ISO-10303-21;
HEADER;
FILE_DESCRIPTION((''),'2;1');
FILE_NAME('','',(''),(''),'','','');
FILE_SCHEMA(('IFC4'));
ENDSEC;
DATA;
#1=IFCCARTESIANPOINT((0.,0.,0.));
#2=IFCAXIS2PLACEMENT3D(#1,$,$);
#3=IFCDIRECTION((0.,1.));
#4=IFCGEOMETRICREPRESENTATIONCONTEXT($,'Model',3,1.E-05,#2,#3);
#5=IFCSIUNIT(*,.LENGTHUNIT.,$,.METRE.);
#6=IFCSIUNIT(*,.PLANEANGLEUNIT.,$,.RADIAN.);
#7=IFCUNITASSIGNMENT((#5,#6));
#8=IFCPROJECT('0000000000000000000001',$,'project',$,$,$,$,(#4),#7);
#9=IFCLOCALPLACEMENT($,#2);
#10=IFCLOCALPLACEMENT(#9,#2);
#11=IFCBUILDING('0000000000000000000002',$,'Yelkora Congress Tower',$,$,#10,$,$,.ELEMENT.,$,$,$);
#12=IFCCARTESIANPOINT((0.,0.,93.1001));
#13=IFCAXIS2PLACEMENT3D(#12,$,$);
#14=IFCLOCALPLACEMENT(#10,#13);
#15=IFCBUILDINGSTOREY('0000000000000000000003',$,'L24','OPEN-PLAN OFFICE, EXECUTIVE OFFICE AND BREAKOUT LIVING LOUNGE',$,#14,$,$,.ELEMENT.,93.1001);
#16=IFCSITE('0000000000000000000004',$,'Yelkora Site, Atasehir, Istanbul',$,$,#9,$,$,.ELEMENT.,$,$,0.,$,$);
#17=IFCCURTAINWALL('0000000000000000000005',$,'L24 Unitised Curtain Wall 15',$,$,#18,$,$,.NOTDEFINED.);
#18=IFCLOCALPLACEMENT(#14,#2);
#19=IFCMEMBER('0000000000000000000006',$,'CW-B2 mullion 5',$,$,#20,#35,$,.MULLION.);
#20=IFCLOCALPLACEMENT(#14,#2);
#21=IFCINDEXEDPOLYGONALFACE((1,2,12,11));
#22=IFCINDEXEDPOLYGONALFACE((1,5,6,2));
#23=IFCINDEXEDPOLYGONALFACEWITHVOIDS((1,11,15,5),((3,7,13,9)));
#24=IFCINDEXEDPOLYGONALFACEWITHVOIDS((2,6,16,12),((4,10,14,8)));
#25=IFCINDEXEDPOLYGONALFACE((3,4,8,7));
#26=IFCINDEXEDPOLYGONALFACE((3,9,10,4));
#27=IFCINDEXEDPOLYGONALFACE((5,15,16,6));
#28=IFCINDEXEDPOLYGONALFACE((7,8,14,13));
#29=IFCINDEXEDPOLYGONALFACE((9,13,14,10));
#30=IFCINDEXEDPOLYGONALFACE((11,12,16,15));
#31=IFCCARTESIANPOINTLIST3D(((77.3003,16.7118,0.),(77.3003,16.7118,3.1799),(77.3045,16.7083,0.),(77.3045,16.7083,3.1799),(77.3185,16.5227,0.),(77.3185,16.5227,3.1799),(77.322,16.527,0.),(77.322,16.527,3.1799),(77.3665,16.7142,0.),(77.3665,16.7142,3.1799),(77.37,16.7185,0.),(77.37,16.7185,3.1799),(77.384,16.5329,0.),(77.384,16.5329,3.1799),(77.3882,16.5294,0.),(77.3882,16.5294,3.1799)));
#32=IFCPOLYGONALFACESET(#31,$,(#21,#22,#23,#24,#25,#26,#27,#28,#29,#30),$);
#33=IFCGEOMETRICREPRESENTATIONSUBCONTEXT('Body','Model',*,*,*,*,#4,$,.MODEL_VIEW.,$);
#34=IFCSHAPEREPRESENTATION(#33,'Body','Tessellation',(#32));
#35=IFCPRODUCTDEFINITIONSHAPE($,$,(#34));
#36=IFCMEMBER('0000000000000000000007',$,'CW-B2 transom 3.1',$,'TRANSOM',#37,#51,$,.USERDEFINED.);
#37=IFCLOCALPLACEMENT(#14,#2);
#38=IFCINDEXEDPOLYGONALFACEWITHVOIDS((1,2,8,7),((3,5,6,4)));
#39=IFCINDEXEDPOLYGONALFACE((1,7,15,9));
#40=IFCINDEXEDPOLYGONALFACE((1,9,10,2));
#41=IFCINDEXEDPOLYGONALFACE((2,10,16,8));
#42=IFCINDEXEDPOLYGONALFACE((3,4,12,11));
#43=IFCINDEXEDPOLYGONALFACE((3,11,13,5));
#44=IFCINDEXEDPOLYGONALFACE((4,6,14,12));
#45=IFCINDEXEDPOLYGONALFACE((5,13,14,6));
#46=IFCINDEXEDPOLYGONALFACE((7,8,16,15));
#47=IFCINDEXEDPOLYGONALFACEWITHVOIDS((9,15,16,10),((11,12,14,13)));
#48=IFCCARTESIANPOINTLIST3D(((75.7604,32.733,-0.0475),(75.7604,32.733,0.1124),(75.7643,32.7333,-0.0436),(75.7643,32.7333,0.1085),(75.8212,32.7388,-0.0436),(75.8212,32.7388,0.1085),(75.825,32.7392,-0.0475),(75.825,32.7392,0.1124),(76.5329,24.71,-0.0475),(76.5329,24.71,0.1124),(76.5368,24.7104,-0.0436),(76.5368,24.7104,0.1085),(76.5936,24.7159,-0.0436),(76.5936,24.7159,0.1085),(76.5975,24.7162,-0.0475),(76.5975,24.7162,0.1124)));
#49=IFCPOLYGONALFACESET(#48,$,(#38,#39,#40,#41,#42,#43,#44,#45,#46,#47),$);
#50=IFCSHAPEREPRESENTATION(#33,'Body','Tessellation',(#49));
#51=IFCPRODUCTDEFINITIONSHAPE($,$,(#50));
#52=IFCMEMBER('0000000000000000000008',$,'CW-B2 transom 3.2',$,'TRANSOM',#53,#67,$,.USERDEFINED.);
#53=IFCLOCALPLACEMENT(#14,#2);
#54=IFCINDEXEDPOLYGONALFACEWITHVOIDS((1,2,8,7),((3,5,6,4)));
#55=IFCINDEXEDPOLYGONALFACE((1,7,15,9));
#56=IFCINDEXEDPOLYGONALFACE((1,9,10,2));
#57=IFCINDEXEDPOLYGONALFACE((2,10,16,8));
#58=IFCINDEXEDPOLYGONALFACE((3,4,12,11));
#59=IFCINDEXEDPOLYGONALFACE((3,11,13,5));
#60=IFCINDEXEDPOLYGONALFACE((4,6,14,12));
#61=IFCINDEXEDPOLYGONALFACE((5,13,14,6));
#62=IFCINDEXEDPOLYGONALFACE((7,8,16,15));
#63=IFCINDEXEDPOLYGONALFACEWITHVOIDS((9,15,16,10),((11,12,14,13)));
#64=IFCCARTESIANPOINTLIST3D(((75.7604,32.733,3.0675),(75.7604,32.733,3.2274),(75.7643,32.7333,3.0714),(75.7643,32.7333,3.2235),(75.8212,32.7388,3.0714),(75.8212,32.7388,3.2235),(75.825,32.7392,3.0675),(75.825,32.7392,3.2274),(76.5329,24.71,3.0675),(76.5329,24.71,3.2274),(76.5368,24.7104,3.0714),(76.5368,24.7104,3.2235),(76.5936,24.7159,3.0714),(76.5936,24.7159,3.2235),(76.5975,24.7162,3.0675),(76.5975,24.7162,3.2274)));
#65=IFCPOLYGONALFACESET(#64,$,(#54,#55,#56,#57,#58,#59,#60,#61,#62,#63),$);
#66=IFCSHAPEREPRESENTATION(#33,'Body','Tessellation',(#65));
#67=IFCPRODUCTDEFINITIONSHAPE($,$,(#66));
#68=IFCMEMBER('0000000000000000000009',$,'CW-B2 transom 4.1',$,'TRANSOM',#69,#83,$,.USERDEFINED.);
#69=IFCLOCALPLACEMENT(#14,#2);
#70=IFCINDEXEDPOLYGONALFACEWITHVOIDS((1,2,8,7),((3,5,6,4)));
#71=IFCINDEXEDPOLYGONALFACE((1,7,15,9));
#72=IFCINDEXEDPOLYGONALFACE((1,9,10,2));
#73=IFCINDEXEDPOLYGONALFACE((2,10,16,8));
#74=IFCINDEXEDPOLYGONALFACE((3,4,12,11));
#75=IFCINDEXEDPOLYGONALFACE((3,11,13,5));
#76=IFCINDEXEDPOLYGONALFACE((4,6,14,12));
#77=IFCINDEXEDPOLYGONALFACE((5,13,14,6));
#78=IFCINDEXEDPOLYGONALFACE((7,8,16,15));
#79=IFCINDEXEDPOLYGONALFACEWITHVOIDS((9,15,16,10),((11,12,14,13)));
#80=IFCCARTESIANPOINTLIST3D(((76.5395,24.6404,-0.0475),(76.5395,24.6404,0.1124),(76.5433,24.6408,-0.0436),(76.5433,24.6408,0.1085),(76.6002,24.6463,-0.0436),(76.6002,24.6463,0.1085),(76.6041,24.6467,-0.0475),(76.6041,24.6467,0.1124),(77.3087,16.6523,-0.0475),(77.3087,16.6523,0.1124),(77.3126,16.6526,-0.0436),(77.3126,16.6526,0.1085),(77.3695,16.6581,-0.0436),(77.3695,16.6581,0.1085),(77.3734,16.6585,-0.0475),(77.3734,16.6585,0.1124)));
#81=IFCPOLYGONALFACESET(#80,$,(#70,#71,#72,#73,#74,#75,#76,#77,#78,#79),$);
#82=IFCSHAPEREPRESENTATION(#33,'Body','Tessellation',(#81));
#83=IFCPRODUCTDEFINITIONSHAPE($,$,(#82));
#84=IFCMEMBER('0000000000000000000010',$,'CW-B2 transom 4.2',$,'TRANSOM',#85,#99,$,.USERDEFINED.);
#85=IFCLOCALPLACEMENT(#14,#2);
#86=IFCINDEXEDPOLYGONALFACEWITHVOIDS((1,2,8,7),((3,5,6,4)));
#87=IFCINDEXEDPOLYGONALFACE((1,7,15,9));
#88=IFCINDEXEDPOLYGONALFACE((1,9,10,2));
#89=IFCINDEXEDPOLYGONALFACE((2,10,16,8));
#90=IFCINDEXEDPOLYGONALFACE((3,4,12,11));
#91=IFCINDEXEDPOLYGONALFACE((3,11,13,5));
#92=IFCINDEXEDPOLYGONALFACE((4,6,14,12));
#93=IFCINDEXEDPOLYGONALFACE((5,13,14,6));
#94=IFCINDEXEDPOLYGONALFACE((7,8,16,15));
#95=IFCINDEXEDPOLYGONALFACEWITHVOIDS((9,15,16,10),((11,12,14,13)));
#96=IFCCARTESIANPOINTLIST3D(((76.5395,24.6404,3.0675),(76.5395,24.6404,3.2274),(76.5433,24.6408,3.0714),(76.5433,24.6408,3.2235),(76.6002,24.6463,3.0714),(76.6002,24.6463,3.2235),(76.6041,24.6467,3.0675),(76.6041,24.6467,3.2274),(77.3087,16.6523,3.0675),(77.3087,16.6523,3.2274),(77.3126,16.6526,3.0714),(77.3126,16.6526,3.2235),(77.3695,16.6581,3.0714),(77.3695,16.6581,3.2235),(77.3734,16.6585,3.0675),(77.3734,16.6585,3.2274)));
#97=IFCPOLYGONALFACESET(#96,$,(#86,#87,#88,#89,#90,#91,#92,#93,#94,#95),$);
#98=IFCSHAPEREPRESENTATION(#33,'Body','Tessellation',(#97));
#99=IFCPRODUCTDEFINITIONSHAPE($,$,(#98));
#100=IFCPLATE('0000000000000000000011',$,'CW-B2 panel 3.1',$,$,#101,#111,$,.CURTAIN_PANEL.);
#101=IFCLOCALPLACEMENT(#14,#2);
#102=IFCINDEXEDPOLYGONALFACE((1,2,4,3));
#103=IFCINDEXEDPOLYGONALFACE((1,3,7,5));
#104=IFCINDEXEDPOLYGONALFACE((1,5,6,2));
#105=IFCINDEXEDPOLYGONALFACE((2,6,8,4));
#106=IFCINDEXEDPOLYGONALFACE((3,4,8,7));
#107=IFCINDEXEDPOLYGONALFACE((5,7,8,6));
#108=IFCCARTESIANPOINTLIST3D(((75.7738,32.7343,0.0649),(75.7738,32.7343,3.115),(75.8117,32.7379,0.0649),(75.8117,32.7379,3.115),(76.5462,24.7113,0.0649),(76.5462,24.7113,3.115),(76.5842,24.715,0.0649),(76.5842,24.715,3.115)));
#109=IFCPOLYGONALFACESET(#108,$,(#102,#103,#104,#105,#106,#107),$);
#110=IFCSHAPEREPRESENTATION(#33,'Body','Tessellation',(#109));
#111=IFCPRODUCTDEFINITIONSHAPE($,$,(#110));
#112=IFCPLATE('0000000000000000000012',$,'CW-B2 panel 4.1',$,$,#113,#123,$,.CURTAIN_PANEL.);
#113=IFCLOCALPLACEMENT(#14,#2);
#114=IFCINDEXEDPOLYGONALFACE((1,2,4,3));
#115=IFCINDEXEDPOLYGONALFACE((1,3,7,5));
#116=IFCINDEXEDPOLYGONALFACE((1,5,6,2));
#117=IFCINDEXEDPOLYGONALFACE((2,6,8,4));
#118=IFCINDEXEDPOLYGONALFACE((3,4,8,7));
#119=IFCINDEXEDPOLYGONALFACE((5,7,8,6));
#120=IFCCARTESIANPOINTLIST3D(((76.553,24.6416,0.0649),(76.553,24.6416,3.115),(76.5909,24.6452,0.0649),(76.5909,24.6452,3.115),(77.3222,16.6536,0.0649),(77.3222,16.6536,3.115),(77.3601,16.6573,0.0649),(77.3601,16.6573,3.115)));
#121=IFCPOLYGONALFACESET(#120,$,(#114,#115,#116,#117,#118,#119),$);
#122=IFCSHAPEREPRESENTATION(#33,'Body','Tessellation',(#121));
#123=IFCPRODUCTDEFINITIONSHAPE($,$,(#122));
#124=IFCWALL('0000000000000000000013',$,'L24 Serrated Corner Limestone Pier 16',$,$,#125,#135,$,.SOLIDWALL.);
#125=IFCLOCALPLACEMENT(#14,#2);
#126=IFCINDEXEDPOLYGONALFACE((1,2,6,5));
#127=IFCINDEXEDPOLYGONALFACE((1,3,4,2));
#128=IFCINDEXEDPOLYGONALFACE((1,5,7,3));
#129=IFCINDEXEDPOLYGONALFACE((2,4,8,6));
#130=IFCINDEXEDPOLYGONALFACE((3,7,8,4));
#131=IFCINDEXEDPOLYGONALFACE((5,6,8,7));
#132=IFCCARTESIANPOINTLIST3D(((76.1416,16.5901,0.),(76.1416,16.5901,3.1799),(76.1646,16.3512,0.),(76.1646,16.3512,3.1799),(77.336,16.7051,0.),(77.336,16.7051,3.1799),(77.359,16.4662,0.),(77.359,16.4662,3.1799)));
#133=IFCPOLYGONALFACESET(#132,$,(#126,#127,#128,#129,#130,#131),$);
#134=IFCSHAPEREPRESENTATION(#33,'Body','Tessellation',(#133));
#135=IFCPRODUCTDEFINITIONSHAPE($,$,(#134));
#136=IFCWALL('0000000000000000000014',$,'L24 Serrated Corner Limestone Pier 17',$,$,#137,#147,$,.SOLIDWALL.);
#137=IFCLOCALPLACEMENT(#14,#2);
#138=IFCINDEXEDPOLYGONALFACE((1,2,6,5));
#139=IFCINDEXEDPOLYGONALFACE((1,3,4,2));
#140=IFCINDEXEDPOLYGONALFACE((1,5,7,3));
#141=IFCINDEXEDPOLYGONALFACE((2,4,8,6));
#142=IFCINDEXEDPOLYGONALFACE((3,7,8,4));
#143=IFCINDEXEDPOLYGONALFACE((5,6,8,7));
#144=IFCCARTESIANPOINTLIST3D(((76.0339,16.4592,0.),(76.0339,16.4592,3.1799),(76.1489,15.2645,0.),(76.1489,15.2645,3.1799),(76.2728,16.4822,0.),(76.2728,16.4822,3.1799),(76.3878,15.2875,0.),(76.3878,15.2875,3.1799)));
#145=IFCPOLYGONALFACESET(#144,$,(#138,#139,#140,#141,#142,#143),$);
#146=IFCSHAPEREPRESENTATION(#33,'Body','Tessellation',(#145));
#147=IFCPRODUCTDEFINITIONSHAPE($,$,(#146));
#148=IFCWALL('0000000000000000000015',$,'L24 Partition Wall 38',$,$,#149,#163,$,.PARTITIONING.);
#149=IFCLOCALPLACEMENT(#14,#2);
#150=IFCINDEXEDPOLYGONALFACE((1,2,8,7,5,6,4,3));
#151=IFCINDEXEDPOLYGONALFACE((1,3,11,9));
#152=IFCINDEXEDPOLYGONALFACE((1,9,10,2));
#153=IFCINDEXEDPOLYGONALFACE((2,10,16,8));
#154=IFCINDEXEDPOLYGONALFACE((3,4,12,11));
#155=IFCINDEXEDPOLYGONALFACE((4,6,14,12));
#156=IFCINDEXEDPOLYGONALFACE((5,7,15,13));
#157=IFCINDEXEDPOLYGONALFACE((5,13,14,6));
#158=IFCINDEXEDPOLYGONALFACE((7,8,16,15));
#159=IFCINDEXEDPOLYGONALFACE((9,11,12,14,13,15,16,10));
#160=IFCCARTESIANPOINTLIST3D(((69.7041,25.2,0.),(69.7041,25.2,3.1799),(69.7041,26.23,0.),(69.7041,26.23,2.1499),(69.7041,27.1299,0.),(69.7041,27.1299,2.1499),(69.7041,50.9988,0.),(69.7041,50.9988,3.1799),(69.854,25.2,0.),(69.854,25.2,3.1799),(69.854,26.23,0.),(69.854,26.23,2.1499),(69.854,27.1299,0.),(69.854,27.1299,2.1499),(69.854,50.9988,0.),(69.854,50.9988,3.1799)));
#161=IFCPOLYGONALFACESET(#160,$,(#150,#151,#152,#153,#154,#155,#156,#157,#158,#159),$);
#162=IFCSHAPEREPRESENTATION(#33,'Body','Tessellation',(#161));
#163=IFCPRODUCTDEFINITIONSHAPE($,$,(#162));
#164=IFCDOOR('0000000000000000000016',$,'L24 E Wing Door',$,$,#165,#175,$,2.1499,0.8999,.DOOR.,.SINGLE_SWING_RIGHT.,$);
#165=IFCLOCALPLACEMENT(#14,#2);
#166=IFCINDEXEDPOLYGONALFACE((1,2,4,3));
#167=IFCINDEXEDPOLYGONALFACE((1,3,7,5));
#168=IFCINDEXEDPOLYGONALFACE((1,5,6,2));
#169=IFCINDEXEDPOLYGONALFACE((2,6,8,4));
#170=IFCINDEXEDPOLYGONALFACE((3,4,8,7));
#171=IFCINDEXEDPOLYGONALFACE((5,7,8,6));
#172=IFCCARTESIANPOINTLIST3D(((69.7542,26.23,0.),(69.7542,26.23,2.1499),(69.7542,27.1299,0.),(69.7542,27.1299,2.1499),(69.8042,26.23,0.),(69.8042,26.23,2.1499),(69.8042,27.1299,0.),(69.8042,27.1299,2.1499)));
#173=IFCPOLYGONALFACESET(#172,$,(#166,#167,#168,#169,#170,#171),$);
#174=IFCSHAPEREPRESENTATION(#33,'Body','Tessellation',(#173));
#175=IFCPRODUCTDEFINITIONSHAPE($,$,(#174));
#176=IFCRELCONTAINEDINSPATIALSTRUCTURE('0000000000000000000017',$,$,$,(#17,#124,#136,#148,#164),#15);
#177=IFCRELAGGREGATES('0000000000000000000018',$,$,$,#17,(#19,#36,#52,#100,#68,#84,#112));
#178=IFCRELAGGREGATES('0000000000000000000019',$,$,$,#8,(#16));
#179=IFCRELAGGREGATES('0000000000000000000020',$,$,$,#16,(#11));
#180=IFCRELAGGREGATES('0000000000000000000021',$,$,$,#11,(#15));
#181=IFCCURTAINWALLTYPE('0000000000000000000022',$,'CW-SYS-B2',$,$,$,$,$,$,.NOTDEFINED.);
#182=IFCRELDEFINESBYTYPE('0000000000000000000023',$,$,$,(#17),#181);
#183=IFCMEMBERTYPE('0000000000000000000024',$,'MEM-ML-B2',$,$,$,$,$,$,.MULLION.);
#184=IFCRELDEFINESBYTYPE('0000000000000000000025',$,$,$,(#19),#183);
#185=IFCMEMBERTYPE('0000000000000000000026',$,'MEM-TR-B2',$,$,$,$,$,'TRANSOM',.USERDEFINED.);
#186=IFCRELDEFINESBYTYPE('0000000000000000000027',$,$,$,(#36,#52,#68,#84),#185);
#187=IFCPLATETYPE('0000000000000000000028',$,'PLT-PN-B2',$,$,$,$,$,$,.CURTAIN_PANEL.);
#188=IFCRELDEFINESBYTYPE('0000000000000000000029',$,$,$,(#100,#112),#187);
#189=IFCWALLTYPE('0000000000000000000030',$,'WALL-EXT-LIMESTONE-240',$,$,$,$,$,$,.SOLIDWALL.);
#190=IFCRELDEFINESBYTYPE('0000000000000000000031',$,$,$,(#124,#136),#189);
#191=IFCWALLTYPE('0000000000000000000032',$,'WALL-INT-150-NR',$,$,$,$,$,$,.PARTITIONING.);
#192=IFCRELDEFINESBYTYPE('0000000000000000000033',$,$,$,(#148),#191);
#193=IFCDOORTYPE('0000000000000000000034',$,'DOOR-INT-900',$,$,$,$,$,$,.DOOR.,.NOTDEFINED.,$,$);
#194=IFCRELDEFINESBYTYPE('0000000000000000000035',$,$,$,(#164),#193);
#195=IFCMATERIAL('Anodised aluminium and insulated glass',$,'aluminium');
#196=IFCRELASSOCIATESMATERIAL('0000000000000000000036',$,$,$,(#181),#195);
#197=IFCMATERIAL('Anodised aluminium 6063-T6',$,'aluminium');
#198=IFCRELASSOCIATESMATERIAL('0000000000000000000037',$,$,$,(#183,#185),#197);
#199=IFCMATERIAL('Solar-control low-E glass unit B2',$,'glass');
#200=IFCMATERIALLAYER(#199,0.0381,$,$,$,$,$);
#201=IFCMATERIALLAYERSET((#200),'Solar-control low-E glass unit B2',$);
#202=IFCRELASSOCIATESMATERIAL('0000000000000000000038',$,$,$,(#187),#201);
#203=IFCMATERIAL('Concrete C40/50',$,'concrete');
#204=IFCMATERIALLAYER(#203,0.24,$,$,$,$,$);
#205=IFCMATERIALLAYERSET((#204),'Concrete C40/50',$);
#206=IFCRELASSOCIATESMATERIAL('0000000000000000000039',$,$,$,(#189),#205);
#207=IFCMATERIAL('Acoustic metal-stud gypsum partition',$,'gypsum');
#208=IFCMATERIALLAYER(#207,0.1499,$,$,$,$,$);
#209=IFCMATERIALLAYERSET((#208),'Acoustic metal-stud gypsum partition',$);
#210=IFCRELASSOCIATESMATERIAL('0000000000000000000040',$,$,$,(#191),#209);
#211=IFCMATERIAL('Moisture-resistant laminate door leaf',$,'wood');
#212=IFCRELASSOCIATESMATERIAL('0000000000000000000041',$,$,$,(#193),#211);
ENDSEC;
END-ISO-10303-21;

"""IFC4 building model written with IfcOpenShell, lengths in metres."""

from ifc_helpers import new_model, si_unit, direction, frame, frame_2d, origin, origin_2d, place, context, subcontext, project, spatial, rectangle, hollow_rectangle, extrude, material, layer, layer_set, material_profile, profile_set, type_object, element, fill, aggregate, save


model = new_model("IFC4")

# Units and contexts
model_context = context("Model", 3, precision=1e-05, world=origin(), true_north=direction((0.0, 1.0)))
body_context = subcontext(model_context, "Body", "Model", "MODEL_VIEW")
ifc_project = project(units=[si_unit("LENGTHUNIT", "METRE"), si_unit("PLANEANGLEUNIT", "RADIAN")], contexts=[model_context])

# Site, building, storey
site_placement = place(None, origin())
site = spatial("IfcSite", under=ifc_project, at=site_placement, Name="Yelkora Site, Atasehir, Istanbul", CompositionType="ELEMENT", RefElevation=0.0)
building_placement = place(site_placement, origin())
building = spatial("IfcBuilding", under=site, at=building_placement, Name="Yelkora Congress Tower", CompositionType="ELEMENT")
storey_placement = place(building_placement, frame((0.0, 0.0, 93.1001)))
storey = spatial("IfcBuildingStorey", under=building, at=storey_placement, Name="L24", Description="OPEN-PLAN OFFICE, EXECUTIVE OFFICE AND BREAKOUT LIVING LOUNGE", CompositionType="ELEMENT", Elevation=93.1001)

# Curtain wall, members, plates
ifc_material_1 = material(Name="Anodised aluminium and insulated glass", Category="aluminium")
curtain_wall_type = type_object("IfcCurtainWallType", Name="CW-SYS-B2", PredefinedType="NOTDEFINED", material=ifc_material_1)
curtain_wall_placement = place(storey_placement, origin())
curtain_wall = element("IfcCurtainWall", 1, at=curtain_wall_placement, inside=storey, type_object=curtain_wall_type, Name="L24 Unitised Curtain Wall 15", PredefinedType="NOTDEFINED")
ifc_material_2 = material(Name="Anodised aluminium 6063-T6", Category="aluminium")
ifc_material_profile_1 = material_profile(ifc_material_2, hollow_rectangle(XDim=0.0701, YDim=0.1899, WallThickness=0.0039, at=origin_2d()), Name="ALU 70x190x4")
ifc_profile_set_1 = profile_set([ifc_material_profile_1], Name="Anodised aluminium 6063-T6")
member_type_1 = type_object("IfcMemberType", Name="MEM-ML-B2", PredefinedType="MULLION", material=ifc_profile_set_1)
member_1_placement = place(storey_placement, frame((77.3442, 16.6206, 0.0), z_axis=(0.0, 0.0, 1.0), x_axis=(0.995397, 0.095843, 0.0)))
member_1 = element("IfcMember", 2, at=member_1_placement, type_object=member_type_1, Name="CW-B2 mullion 5", PredefinedType="MULLION", context=body_context, shape_type="SweptSolid", body=[
    extrude(hollow_rectangle(XDim=0.0701, YDim=0.1899, WallThickness=0.0039, at=origin_2d()), origin(), (0.0, 0.0, 1.0), 3.1799),
])
ifc_material_profile_2 = material_profile(ifc_material_2, hollow_rectangle(XDim=0.0649, YDim=0.1599, WallThickness=0.0039, at=origin_2d()), Name="ALU 65x160x4")
ifc_profile_set_2 = profile_set([ifc_material_profile_2], Name="Anodised aluminium 6063-T6")
member_type_2 = type_object("IfcMemberType", Name="MEM-TR-B2", ElementType="TRANSOM", PredefinedType="USERDEFINED", material=ifc_profile_set_2)
member_2_placement = place(storey_placement, frame((75.7927, 32.7361, 0.0325), z_axis=(0.095838, -0.995397, 0.0), x_axis=(0.995397, 0.095838, 0.0)))
member_2 = element("IfcMember", 3, at=member_2_placement, type_object=member_type_2, Name="CW-B2 transom 3.1", ObjectType="TRANSOM", PredefinedType="USERDEFINED", context=body_context, shape_type="SweptSolid", body=[
    extrude(hollow_rectangle(XDim=0.0649, YDim=0.1599, WallThickness=0.0039, at=origin_2d()), origin(), (0.0, 0.0, 1.0), 8.0601),
])
member_3_placement = place(storey_placement, frame((75.7927, 32.7361, 3.1475), z_axis=(0.095838, -0.995397, 0.0), x_axis=(0.995397, 0.095838, 0.0)))
member_3 = element("IfcMember", 4, at=member_3_placement, type_object=member_type_2, Name="CW-B2 transom 3.2", ObjectType="TRANSOM", PredefinedType="USERDEFINED", context=body_context, shape_type="SweptSolid", body=[
    extrude(hollow_rectangle(XDim=0.0649, YDim=0.1599, WallThickness=0.0039, at=origin_2d()), origin(), (0.0, 0.0, 1.0), 8.0601),
])
member_4_placement = place(storey_placement, frame((76.5718, 24.6436, 0.0325), z_axis=(0.095858, -0.995395, 0.0), x_axis=(0.995395, 0.095858, 0.0)))
member_4 = element("IfcMember", 5, at=member_4_placement, type_object=member_type_2, Name="CW-B2 transom 4.1", ObjectType="TRANSOM", PredefinedType="USERDEFINED", context=body_context, shape_type="SweptSolid", body=[
    extrude(hollow_rectangle(XDim=0.0649, YDim=0.1599, WallThickness=0.0039, at=origin_2d()), origin(), (0.0, 0.0, 1.0), 8.0251),
])
member_5_placement = place(storey_placement, frame((76.5718, 24.6436, 3.1475), z_axis=(0.095858, -0.995395, 0.0), x_axis=(0.995395, 0.095858, 0.0)))
member_5 = element("IfcMember", 6, at=member_5_placement, type_object=member_type_2, Name="CW-B2 transom 4.2", ObjectType="TRANSOM", PredefinedType="USERDEFINED", context=body_context, shape_type="SweptSolid", body=[
    extrude(hollow_rectangle(XDim=0.0649, YDim=0.1599, WallThickness=0.0039, at=origin_2d()), origin(), (0.0, 0.0, 1.0), 8.0251),
])
ifc_material_3 = material(Name="Solar-control low-E glass unit B2", Category="glass")
ifc_layer_1 = layer(ifc_material_3, 0.0381)
ifc_layer_set_1 = layer_set([ifc_layer_1], Name="Solar-control low-E glass unit B2")
plate_type = type_object("IfcPlateType", Name="PLT-PN-B2", PredefinedType="CURTAIN_PANEL", material=ifc_layer_set_1)
plate_1_placement = place(storey_placement, frame((76.179, 28.7246, 0.0649), z_axis=(0.0, 0.0, 1.0), x_axis=(0.095843, -0.995397, 0.0)))
plate_1 = element("IfcPlate", 7, at=plate_1_placement, type_object=plate_type, Name="CW-B2 panel 3.1", PredefinedType="CURTAIN_PANEL", context=body_context, shape_type="SweptSolid", body=[
    extrude(rectangle(XDim=8.0601, YDim=0.0381, at=origin_2d()), origin(), (0.0, 0.0, 1.0), 3.05),
])
plate_2_placement = place(storey_placement, frame((76.9565, 20.6494, 0.0649), z_axis=(0.0, 0.0, 1.0), x_axis=(0.095843, -0.995397, 0.0)))
plate_2 = element("IfcPlate", 8, at=plate_2_placement, type_object=plate_type, Name="CW-B2 panel 4.1", PredefinedType="CURTAIN_PANEL", context=body_context, shape_type="SweptSolid", body=[
    extrude(rectangle(XDim=8.0249, YDim=0.0381, at=origin_2d()), origin(), (0.0, 0.0, 1.0), 3.05),
])
aggregate(curtain_wall, [member_1, member_2, member_3, plate_1, member_4, member_5, plate_2])

# Walls
ifc_material_4 = material(Name="Concrete C40/50", Category="concrete")
ifc_layer_2 = layer(ifc_material_4, 0.24)
ifc_layer_set_2 = layer_set([ifc_layer_2], Name="Concrete C40/50")
wall_type_1 = type_object("IfcWallType", Name="WALL-EXT-LIMESTONE-240", PredefinedType="SOLIDWALL", material=ifc_layer_set_2)
wall_1_placement = place(storey_placement, frame((77.3477, 16.5857, 0.0), z_axis=(0.0, 0.0, 1.0), x_axis=(-0.995397, -0.095836, 0.0)))
element("IfcWall", 9, at=wall_1_placement, inside=storey, type_object=wall_type_1, Name="L24 Serrated Corner Limestone Pier 16", PredefinedType="SOLIDWALL", context=body_context, shape_type="SweptSolid", body=[
    extrude(rectangle(XDim=1.2, YDim=0.24, at=frame_2d((0.6001, 0.0))), origin(), (0.0, 0.0, 1.0), 3.1799),
])
wall_2_placement = place(storey_placement, frame((76.1533, 16.4707, 0.0), z_axis=(0.0, 0.0, 1.0), x_axis=(0.095817, -0.995399, 0.0)))
element("IfcWall", 10, at=wall_2_placement, inside=storey, type_object=wall_type_1, Name="L24 Serrated Corner Limestone Pier 17", PredefinedType="SOLIDWALL", context=body_context, shape_type="SweptSolid", body=[
    extrude(rectangle(XDim=1.2002, YDim=0.24, at=frame_2d((0.6001, 0.0))), origin(), (0.0, 0.0, 1.0), 3.1799),
])

# Wall, opening, door
ifc_material_5 = material(Name="Acoustic metal-stud gypsum partition", Category="gypsum")
ifc_layer_3 = layer(ifc_material_5, 0.1499)
ifc_layer_set_3 = layer_set([ifc_layer_3], Name="Acoustic metal-stud gypsum partition")
wall_type_2 = type_object("IfcWallType", Name="WALL-INT-150-NR", PredefinedType="PARTITIONING", material=ifc_layer_set_3)
wall_3_placement = place(storey_placement, frame((69.7791, 25.2, 0.0), z_axis=(0.0, 0.0, 1.0), x_axis=(0.0, 1.0, 0.0)))
wall_3 = element("IfcWall", 11, at=wall_3_placement, inside=storey, type_object=wall_type_2, Name="L24 Partition Wall 38", PredefinedType="PARTITIONING", context=body_context, shape_type="SweptSolid", body=[
    extrude(rectangle(XDim=25.7988, YDim=0.1499, at=frame_2d((12.8994, 0.0))), origin(), (0.0, 0.0, 1.0), 3.1799),
])
opening_placement = place(wall_3_placement, frame((1.03, 0.0, 0.0)))
opening = element("IfcOpeningElement", 12, at=opening_placement, cuts=wall_3, PredefinedType="OPENING", context=body_context, shape_type="SweptSolid", body=[
    extrude(rectangle(XDim=0.8999, YDim=2.1499, at=frame_2d((0.45, 1.075))), frame((0.0, 0.085, 0.0), z_axis=(0.0, -1.0, 0.0), x_axis=(1.0, 0.0, 0.0)), (0.0, 0.0, 1.0), 0.1699),
])
ifc_material_6 = material(Name="Moisture-resistant laminate door leaf", Category="wood")
door_type = type_object("IfcDoorType", Name="DOOR-INT-900", OperationType="NOTDEFINED", PredefinedType="DOOR", material=ifc_material_6)
door_placement = place(opening_placement, origin())
door = element("IfcDoor", 13, at=door_placement, inside=storey, type_object=door_type, Name="L24 E Wing Door", OperationType="SINGLE_SWING_RIGHT", OverallHeight=2.1499, OverallWidth=0.8999, PredefinedType="DOOR", context=body_context, shape_type="SweptSolid", body=[
    extrude(rectangle(XDim=0.8999, YDim=2.1499, at=frame_2d((0.45, 1.075))), frame((0.0, 0.0249, 0.0), z_axis=(0.0, -1.0, 0.0), x_axis=(1.0, 0.0, 0.0)), (0.0, 0.0, 1.0), 0.05),
])
fill(opening, door)

save(model, "model.ifc")
